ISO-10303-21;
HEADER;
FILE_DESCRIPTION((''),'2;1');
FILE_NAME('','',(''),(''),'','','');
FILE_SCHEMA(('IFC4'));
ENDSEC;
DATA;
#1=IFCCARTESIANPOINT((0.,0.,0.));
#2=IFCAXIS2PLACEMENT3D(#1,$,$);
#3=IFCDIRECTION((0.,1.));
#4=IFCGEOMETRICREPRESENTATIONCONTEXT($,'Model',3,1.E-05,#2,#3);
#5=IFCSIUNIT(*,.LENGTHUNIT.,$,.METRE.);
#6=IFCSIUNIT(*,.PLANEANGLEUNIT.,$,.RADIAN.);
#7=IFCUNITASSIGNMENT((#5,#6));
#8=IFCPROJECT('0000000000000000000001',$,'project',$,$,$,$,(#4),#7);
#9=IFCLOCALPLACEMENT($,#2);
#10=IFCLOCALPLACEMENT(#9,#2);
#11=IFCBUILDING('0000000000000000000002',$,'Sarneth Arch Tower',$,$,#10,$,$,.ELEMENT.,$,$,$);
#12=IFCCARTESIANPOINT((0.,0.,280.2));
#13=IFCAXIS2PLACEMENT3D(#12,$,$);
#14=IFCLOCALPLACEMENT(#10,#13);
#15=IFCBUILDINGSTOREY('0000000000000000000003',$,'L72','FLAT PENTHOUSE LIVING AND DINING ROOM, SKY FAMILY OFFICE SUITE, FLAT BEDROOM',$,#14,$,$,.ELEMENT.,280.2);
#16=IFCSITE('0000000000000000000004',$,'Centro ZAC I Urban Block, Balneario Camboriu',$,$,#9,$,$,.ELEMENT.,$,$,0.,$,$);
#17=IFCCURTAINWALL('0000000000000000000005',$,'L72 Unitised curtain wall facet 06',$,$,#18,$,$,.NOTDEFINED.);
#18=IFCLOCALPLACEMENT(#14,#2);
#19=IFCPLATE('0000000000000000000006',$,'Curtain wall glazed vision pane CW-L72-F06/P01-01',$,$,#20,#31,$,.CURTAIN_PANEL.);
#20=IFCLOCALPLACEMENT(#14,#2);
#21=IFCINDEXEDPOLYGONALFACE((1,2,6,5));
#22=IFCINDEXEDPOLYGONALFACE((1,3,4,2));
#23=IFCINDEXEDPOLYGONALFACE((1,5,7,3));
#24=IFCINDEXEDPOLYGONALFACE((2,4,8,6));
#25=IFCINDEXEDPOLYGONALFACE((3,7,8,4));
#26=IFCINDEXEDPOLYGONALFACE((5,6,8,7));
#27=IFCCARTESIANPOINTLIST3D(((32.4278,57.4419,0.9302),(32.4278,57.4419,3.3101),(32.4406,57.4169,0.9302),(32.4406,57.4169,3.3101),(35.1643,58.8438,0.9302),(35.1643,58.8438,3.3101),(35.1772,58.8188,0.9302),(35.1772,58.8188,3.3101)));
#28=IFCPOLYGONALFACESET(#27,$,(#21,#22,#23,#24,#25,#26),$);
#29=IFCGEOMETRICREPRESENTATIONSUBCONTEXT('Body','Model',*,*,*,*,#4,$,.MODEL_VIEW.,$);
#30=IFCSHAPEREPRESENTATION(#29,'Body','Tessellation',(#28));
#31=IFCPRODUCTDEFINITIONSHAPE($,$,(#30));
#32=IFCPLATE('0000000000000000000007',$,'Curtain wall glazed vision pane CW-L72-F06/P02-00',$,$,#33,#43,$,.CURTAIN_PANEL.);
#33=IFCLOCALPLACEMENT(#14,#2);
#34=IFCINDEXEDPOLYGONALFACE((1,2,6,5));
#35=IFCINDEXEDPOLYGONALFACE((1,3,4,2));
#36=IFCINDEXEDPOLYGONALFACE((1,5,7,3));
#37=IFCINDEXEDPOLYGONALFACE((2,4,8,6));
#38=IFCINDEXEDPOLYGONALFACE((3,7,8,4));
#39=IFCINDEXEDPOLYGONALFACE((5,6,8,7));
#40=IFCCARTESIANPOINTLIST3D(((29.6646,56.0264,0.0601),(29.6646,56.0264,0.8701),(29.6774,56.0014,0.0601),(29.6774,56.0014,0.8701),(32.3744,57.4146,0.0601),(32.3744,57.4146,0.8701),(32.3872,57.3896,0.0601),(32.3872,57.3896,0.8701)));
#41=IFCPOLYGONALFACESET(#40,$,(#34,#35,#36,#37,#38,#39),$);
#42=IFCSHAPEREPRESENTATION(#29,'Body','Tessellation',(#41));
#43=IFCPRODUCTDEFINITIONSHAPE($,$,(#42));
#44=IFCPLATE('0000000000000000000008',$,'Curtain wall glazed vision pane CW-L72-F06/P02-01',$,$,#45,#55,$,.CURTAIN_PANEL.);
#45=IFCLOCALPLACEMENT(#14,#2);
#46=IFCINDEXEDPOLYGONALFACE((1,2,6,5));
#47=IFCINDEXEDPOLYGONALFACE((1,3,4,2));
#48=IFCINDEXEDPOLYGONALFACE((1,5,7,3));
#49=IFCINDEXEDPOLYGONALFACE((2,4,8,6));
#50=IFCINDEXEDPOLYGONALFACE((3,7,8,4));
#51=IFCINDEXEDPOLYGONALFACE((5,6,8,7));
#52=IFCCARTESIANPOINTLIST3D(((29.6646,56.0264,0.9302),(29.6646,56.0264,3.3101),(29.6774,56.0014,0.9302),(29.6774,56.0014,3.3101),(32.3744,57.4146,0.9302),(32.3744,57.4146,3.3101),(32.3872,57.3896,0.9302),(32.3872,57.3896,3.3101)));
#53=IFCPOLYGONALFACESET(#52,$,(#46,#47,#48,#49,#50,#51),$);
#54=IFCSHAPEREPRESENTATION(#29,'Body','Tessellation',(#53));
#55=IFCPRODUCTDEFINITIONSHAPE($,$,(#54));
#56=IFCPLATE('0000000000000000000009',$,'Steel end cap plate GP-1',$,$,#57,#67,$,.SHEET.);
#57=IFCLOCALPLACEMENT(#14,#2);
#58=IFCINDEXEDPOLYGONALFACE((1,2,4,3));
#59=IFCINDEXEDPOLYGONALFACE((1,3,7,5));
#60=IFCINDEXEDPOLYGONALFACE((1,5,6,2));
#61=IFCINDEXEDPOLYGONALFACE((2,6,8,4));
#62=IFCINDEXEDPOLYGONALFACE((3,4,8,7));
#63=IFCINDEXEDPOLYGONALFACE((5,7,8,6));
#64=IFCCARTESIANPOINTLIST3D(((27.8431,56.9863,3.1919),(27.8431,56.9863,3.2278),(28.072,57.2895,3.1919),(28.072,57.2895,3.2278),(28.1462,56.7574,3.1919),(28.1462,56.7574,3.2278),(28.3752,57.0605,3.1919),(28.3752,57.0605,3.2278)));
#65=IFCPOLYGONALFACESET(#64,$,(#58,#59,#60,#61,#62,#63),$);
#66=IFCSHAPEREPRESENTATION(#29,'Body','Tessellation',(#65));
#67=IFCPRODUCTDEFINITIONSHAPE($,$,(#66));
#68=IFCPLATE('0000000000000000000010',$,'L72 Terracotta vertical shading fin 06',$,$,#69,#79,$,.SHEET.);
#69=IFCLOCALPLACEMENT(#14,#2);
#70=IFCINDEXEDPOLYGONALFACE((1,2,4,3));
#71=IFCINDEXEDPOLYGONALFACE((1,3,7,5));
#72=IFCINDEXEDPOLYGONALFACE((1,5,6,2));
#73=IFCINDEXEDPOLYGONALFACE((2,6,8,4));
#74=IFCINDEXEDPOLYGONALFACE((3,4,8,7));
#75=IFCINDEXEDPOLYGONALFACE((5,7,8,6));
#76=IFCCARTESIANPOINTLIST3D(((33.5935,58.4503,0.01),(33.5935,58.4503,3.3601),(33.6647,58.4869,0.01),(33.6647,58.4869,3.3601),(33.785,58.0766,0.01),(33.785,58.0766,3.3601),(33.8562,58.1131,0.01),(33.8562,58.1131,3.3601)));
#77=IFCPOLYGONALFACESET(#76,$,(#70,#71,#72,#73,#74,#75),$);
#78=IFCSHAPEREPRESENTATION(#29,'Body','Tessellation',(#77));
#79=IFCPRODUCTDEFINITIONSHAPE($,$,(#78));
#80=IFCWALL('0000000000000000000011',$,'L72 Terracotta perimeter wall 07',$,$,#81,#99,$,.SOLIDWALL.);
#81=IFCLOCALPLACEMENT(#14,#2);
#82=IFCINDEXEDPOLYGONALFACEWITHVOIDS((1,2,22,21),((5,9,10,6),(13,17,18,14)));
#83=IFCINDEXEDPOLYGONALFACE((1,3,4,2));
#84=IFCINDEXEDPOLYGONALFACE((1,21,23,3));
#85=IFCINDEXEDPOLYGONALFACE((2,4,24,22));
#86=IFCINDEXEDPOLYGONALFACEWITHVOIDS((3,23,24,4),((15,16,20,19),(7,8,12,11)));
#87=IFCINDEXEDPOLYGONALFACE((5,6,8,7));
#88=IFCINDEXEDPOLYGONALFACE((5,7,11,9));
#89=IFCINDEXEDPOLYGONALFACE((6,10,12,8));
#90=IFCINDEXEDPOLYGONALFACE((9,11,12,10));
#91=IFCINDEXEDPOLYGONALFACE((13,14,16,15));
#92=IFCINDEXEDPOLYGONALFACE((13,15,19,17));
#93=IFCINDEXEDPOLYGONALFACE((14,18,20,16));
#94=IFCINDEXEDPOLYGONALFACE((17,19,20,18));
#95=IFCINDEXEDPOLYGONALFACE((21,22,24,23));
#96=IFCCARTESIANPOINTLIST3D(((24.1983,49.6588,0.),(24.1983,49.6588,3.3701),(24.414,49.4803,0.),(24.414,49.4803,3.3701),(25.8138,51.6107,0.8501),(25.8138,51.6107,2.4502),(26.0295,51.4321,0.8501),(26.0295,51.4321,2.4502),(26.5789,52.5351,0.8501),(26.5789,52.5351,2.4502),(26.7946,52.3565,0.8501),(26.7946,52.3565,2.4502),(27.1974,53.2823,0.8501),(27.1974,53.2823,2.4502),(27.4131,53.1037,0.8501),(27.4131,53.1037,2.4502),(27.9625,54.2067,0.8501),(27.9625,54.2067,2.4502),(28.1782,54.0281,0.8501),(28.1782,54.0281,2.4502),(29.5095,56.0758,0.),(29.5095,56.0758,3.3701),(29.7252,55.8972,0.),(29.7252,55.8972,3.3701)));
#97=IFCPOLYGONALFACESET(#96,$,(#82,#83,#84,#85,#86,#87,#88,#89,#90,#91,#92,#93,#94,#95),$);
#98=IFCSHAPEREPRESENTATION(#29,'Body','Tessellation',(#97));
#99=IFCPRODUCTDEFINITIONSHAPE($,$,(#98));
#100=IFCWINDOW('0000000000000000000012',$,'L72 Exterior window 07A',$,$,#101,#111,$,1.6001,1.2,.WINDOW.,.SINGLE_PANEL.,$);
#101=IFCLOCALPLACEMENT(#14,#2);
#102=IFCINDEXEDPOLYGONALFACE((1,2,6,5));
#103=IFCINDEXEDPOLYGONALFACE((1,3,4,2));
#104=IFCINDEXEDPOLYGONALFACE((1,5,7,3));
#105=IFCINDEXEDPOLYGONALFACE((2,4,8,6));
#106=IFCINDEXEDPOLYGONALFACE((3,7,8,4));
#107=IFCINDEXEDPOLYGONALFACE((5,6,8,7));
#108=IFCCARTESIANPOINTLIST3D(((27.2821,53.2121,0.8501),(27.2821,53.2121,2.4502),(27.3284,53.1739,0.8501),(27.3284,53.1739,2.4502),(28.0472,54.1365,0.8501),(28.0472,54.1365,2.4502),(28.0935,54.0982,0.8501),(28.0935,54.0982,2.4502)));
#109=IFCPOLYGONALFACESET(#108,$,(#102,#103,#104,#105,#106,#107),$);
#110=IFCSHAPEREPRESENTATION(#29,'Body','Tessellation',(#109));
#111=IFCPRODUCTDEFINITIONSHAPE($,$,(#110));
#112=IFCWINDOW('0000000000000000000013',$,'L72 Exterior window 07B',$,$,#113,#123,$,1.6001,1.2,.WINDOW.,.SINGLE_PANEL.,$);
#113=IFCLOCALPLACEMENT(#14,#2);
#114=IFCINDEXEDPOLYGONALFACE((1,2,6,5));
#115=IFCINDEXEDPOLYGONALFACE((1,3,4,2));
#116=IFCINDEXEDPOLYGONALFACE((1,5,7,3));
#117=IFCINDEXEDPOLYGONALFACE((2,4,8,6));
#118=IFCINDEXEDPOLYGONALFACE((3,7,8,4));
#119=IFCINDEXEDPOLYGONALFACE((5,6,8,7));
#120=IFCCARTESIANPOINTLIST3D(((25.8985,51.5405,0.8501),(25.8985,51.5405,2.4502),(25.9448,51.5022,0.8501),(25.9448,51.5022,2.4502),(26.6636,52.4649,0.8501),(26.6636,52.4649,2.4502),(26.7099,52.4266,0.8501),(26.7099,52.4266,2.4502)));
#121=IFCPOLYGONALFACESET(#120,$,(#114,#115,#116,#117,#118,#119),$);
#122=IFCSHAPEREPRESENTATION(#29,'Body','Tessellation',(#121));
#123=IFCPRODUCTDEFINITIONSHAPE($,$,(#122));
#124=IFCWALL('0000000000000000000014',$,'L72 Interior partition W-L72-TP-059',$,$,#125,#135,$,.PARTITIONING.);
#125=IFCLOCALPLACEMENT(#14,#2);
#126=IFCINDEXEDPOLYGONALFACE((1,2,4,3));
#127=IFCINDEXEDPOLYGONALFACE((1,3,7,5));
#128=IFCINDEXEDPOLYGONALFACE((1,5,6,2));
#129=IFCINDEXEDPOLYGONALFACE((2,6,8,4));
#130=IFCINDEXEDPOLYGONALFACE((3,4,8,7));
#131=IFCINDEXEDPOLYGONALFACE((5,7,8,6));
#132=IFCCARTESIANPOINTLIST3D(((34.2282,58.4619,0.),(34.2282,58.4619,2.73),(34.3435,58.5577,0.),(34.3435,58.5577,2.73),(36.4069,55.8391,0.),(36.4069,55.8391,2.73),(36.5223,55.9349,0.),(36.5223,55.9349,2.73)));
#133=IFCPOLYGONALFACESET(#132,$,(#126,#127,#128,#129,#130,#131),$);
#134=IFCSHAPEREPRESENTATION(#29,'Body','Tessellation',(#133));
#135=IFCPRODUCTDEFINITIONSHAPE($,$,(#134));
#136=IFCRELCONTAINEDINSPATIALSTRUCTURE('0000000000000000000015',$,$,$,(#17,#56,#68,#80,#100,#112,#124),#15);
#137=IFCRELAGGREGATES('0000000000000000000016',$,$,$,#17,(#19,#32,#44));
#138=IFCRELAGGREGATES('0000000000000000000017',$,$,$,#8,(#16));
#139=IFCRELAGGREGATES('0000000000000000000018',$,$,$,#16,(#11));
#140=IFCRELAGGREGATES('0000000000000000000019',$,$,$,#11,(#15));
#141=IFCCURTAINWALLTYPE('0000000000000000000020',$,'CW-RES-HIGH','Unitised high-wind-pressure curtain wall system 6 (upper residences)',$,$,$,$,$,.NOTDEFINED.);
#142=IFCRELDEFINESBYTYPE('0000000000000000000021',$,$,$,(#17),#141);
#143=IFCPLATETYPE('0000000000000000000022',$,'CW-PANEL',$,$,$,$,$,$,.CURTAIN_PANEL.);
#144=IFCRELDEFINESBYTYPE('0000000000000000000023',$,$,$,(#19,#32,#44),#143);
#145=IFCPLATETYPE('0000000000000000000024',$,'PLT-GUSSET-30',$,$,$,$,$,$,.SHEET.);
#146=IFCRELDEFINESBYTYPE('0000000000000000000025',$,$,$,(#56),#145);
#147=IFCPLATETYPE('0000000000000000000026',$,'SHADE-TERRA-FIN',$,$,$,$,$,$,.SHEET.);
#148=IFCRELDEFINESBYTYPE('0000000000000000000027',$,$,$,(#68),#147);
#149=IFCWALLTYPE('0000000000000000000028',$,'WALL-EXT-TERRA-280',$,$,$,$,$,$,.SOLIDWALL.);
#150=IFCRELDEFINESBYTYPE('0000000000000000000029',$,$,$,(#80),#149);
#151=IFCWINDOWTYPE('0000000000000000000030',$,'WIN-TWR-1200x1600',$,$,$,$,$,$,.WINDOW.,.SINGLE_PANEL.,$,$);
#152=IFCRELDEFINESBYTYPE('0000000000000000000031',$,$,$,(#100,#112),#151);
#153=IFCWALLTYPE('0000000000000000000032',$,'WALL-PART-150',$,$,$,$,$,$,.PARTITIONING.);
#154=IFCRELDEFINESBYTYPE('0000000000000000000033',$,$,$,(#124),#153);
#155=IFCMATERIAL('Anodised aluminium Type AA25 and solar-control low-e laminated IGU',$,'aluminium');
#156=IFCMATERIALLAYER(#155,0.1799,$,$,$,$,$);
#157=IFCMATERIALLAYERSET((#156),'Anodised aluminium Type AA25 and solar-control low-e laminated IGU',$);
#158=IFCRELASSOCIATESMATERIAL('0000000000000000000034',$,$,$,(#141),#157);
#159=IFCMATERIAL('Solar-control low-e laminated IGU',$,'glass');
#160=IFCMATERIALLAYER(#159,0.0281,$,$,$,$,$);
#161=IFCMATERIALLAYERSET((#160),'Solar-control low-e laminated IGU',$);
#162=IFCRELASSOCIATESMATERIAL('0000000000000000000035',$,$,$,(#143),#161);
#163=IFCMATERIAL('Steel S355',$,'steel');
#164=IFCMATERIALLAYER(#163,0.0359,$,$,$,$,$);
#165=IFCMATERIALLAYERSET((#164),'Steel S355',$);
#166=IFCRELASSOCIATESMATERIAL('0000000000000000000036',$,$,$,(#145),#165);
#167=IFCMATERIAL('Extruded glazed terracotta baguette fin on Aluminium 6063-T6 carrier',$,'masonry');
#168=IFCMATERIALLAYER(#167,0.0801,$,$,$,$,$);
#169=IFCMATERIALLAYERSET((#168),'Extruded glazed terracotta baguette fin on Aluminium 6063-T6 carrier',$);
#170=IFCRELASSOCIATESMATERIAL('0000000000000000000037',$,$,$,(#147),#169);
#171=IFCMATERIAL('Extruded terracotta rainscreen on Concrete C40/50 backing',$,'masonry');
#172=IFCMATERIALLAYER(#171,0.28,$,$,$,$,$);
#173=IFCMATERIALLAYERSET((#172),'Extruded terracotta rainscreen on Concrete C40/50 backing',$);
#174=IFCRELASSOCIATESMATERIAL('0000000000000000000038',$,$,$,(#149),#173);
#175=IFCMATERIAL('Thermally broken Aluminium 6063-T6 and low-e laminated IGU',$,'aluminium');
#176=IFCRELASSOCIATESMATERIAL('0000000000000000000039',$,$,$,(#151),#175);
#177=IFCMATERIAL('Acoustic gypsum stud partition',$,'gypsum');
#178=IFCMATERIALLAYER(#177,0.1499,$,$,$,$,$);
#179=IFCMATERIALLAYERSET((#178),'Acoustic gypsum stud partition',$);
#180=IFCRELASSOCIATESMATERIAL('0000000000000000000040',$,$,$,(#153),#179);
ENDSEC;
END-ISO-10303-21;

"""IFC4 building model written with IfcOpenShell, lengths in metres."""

from ifc_helpers import new_model, si_unit, direction, frame, frame_2d, origin, origin_2d, place, context, subcontext, project, spatial, rectangle, extrude, material, layer, layer_set, type_object, element, fill, aggregate, save


model = new_model("IFC4")

# Units and contexts
model_context = context("Model", 3, precision=1e-05, world=origin(), true_north=direction((0.0, 1.0)))
body_context = subcontext(model_context, "Body", "Model", "MODEL_VIEW")
ifc_project = project(units=[si_unit("LENGTHUNIT", "METRE"), si_unit("PLANEANGLEUNIT", "RADIAN")], contexts=[model_context])

# Site, building, storey
site_placement = place(None, origin())
site = spatial("IfcSite", under=ifc_project, at=site_placement, Name="Centro ZAC I Urban Block, Balneario Camboriu", CompositionType="ELEMENT", RefElevation=0.0)
building_placement = place(site_placement, origin())
building = spatial("IfcBuilding", under=site, at=building_placement, Name="Sarneth Arch Tower", CompositionType="ELEMENT")
storey_placement = place(building_placement, frame((0.0, 0.0, 280.2)))
storey = spatial("IfcBuildingStorey", under=building, at=storey_placement, Name="L72", Description="FLAT PENTHOUSE LIVING AND DINING ROOM, SKY FAMILY OFFICE SUITE, FLAT BEDROOM", CompositionType="ELEMENT", Elevation=280.2)

# Curtain wall
ifc_material_1 = material(Name="Anodised aluminium Type AA25 and solar-control low-e laminated IGU", Category="aluminium")
ifc_layer_1 = layer(ifc_material_1, 0.1799)
ifc_layer_set_1 = layer_set([ifc_layer_1], Name="Anodised aluminium Type AA25 and solar-control low-e laminated IGU")
curtain_wall_type = type_object("IfcCurtainWallType", Name="CW-RES-HIGH", Description="Unitised high-wind-pressure curtain wall system 6 (upper residences)", PredefinedType="NOTDEFINED", material=ifc_layer_set_1)
curtain_wall_placement = place(storey_placement, origin())
curtain_wall = element("IfcCurtainWall", 1, at=curtain_wall_placement, inside=storey, type_object=curtain_wall_type, Name="L72 Unitised curtain wall facet 06", PredefinedType="NOTDEFINED")

# Plates
ifc_material_2 = material(Name="Solar-control low-e laminated IGU", Category="glass")
ifc_layer_2 = layer(ifc_material_2, 0.0281)
ifc_layer_set_2 = layer_set([ifc_layer_2], Name="Solar-control low-e laminated IGU")
plate_type_1 = type_object("IfcPlateType", Name="CW-PANEL", PredefinedType="CURTAIN_PANEL", material=ifc_layer_set_2)
plate_1_placement = place(storey_placement, frame((33.8025, 58.1304, 0.9302), z_axis=(0.0, 0.0, 1.0), x_axis=(-0.89001, -0.455942, 0.0)))
plate_1 = element("IfcPlate", 2, at=plate_1_placement, type_object=plate_type_1, Name="Curtain wall glazed vision pane CW-L72-F06/P01-01", PredefinedType="CURTAIN_PANEL", context=body_context, shape_type="SweptSolid", body=[
    extrude(rectangle(XDim=3.0747, YDim=0.0281, at=origin_2d()), origin(), (0.0, 0.0, 1.0), 2.3799),
])
plate_2_placement = place(storey_placement, frame((31.0259, 56.708, 0.0601), z_axis=(0.0, 0.0, 1.0), x_axis=(-0.89001, -0.455942, 0.0)))
plate_2 = element("IfcPlate", 3, at=plate_2_placement, type_object=plate_type_1, Name="Curtain wall glazed vision pane CW-L72-F06/P02-00", PredefinedType="CURTAIN_PANEL", context=body_context, shape_type="SweptSolid", body=[
    extrude(rectangle(XDim=3.0447, YDim=0.0281, at=origin_2d()), origin(), (0.0, 0.0, 1.0), 0.8101),
])
plate_3_placement = place(storey_placement, frame((31.0259, 56.708, 0.9302), z_axis=(0.0, 0.0, 1.0), x_axis=(-0.89001, -0.455942, 0.0)))
plate_3 = element("IfcPlate", 4, at=plate_3_placement, type_object=plate_type_1, Name="Curtain wall glazed vision pane CW-L72-F06/P02-01", PredefinedType="CURTAIN_PANEL", context=body_context, shape_type="SweptSolid", body=[
    extrude(rectangle(XDim=3.0447, YDim=0.0281, at=origin_2d()), origin(), (0.0, 0.0, 1.0), 2.3799),
])
aggregate(curtain_wall, [plate_1, plate_2, plate_3])

# Plates
ifc_material_3 = material(Name="Steel S355", Category="steel")
ifc_layer_3 = layer(ifc_material_3, 0.0359)
ifc_layer_set_3 = layer_set([ifc_layer_3], Name="Steel S355")
plate_type_2 = type_object("IfcPlateType", Name="PLT-GUSSET-30", PredefinedType="SHEET", material=ifc_layer_set_3)
plate_4_placement = place(storey_placement, frame((28.1091, 57.0234, 3.1919), z_axis=(0.0, 0.0, 1.0), x_axis=(-0.798005, 0.602651, 0.0)))
element("IfcPlate", 5, at=plate_4_placement, inside=storey, type_object=plate_type_2, Name="Steel end cap plate GP-1", PredefinedType="SHEET", context=body_context, shape_type="SweptSolid", body=[
    extrude(rectangle(XDim=0.3799, YDim=0.3799, at=origin_2d()), origin(), (0.0, 0.0, 1.0), 0.0359),
])
ifc_material_4 = material(Name="Extruded glazed terracotta baguette fin on Aluminium 6063-T6 carrier", Category="masonry")
ifc_layer_4 = layer(ifc_material_4, 0.0801)
ifc_layer_set_4 = layer_set([ifc_layer_4], Name="Extruded glazed terracotta baguette fin on Aluminium 6063-T6 carrier")
plate_type_3 = type_object("IfcPlateType", Name="SHADE-TERRA-FIN", PredefinedType="SHEET", material=ifc_layer_set_4)
plate_5_placement = place(storey_placement, frame((33.7249, 58.2817, 0.01), z_axis=(0.0, 0.0, 1.0), x_axis=(-0.456011, 0.889974, 0.0)))
element("IfcPlate", 6, at=plate_5_placement, inside=storey, type_object=plate_type_3, Name="L72 Terracotta vertical shading fin 06", PredefinedType="SHEET", context=body_context, shape_type="SweptSolid", body=[
    extrude(rectangle(XDim=0.4199, YDim=0.0801, at=origin_2d()), origin(), (0.0, 0.0, 1.0), 3.3501),
])

# Wall, openings, windows
ifc_material_5 = material(Name="Extruded terracotta rainscreen on Concrete C40/50 backing", Category="masonry")
ifc_layer_5 = layer(ifc_material_5, 0.28)
ifc_layer_set_5 = layer_set([ifc_layer_5], Name="Extruded terracotta rainscreen on Concrete C40/50 backing")
wall_type_1 = type_object("IfcWallType", Name="WALL-EXT-TERRA-280", PredefinedType="SOLIDWALL", material=ifc_layer_set_5)
wall_1_placement = place(storey_placement, frame((29.6174, 55.9866, 0.0), z_axis=(0.0, 0.0, 1.0), x_axis=(-0.637615, -0.770355, 0.0)))
wall_1 = element("IfcWall", 7, at=wall_1_placement, inside=storey, type_object=wall_type_1, Name="L72 Terracotta perimeter wall 07", PredefinedType="SOLIDWALL", context=body_context, shape_type="SweptSolid", body=[
    extrude(rectangle(XDim=8.3298, YDim=0.28, at=frame_2d((4.165, 0.0))), origin(), (0.0, 0.0, 1.0), 3.3701),
])
opening_1_placement = place(wall_1_placement, frame((2.4263, 0.0, 0.8501)))
opening_1 = element("IfcOpeningElement", 8, at=opening_1_placement, cuts=wall_1, PredefinedType="OPENING", context=body_context, shape_type="SweptSolid", body=[
    extrude(rectangle(XDim=1.2, YDim=1.6001, at=frame_2d((0.6001, 0.8))), frame((0.0, 0.1499, 0.0), z_axis=(0.0, -1.0, 0.0), x_axis=(1.0, 0.0, 0.0)), (0.0, 0.0, 1.0), 0.3),
])
opening_2_placement = place(wall_1_placement, frame((4.5962, 0.0, 0.8501)))
opening_2 = element("IfcOpeningElement", 9, at=opening_2_placement, cuts=wall_1, PredefinedType="OPENING", context=body_context, shape_type="SweptSolid", body=[
    extrude(rectangle(XDim=1.2, YDim=1.6001, at=frame_2d((0.6001, 0.8))), frame((0.0, 0.1499, 0.0), z_axis=(0.0, -1.0, 0.0), x_axis=(1.0, 0.0, 0.0)), (0.0, 0.0, 1.0), 0.3),
])
ifc_material_6 = material(Name="Thermally broken Aluminium 6063-T6 and low-e laminated IGU", Category="aluminium")
window_type = type_object("IfcWindowType", Name="WIN-TWR-1200x1600", PartitioningType="SINGLE_PANEL", PredefinedType="WINDOW", material=ifc_material_6)
window_1_placement = place(opening_1_placement, origin())
window_1 = element("IfcWindow", 10, at=window_1_placement, inside=storey, type_object=window_type, Name="L72 Exterior window 07A", OverallHeight=1.6001, OverallWidth=1.2, PartitioningType="SINGLE_PANEL", PredefinedType="WINDOW", context=body_context, shape_type="SweptSolid", body=[
    extrude(rectangle(XDim=1.2, YDim=1.6001, at=frame_2d((0.6001, 0.8))), frame((0.0, 0.03, 0.0), z_axis=(0.0, -1.0, 0.0), x_axis=(1.0, 0.0, 0.0)), (0.0, 0.0, 1.0), 0.0601),
])
fill(opening_1, window_1)
window_2_placement = place(opening_2_placement, origin())
window_2 = element("IfcWindow", 11, at=window_2_placement, inside=storey, type_object=window_type, Name="L72 Exterior window 07B", OverallHeight=1.6001, OverallWidth=1.2, PartitioningType="SINGLE_PANEL", PredefinedType="WINDOW", context=body_context, shape_type="SweptSolid", body=[
    extrude(rectangle(XDim=1.2, YDim=1.6001, at=frame_2d((0.6001, 0.8))), frame((0.0, 0.03, 0.0), z_axis=(0.0, -1.0, 0.0), x_axis=(1.0, 0.0, 0.0)), (0.0, 0.0, 1.0), 0.0601),
])
fill(opening_2, window_2)

# Wall
ifc_material_7 = material(Name="Acoustic gypsum stud partition", Category="gypsum")
ifc_layer_6 = layer(ifc_material_7, 0.1499)
ifc_layer_set_6 = layer_set([ifc_layer_6], Name="Acoustic gypsum stud partition")
wall_type_2 = type_object("IfcWallType", Name="WALL-PART-150", PredefinedType="PARTITIONING", material=ifc_layer_set_6)
wall_2_placement = place(storey_placement, frame((36.4646, 55.887, 0.0), z_axis=(0.0, 0.0, 1.0), x_axis=(-0.638979, 0.769224, 0.0)))
element("IfcWall", 12, at=wall_2_placement, inside=storey, type_object=wall_type_2, Name="L72 Interior partition W-L72-TP-059", PredefinedType="PARTITIONING", context=body_context, shape_type="SweptSolid", body=[
    extrude(rectangle(XDim=3.4097, YDim=0.1499, at=frame_2d((1.7048, 0.0))), origin(), (0.0, 0.0, 1.0), 2.73),
])

save(model, "model.ifc")
